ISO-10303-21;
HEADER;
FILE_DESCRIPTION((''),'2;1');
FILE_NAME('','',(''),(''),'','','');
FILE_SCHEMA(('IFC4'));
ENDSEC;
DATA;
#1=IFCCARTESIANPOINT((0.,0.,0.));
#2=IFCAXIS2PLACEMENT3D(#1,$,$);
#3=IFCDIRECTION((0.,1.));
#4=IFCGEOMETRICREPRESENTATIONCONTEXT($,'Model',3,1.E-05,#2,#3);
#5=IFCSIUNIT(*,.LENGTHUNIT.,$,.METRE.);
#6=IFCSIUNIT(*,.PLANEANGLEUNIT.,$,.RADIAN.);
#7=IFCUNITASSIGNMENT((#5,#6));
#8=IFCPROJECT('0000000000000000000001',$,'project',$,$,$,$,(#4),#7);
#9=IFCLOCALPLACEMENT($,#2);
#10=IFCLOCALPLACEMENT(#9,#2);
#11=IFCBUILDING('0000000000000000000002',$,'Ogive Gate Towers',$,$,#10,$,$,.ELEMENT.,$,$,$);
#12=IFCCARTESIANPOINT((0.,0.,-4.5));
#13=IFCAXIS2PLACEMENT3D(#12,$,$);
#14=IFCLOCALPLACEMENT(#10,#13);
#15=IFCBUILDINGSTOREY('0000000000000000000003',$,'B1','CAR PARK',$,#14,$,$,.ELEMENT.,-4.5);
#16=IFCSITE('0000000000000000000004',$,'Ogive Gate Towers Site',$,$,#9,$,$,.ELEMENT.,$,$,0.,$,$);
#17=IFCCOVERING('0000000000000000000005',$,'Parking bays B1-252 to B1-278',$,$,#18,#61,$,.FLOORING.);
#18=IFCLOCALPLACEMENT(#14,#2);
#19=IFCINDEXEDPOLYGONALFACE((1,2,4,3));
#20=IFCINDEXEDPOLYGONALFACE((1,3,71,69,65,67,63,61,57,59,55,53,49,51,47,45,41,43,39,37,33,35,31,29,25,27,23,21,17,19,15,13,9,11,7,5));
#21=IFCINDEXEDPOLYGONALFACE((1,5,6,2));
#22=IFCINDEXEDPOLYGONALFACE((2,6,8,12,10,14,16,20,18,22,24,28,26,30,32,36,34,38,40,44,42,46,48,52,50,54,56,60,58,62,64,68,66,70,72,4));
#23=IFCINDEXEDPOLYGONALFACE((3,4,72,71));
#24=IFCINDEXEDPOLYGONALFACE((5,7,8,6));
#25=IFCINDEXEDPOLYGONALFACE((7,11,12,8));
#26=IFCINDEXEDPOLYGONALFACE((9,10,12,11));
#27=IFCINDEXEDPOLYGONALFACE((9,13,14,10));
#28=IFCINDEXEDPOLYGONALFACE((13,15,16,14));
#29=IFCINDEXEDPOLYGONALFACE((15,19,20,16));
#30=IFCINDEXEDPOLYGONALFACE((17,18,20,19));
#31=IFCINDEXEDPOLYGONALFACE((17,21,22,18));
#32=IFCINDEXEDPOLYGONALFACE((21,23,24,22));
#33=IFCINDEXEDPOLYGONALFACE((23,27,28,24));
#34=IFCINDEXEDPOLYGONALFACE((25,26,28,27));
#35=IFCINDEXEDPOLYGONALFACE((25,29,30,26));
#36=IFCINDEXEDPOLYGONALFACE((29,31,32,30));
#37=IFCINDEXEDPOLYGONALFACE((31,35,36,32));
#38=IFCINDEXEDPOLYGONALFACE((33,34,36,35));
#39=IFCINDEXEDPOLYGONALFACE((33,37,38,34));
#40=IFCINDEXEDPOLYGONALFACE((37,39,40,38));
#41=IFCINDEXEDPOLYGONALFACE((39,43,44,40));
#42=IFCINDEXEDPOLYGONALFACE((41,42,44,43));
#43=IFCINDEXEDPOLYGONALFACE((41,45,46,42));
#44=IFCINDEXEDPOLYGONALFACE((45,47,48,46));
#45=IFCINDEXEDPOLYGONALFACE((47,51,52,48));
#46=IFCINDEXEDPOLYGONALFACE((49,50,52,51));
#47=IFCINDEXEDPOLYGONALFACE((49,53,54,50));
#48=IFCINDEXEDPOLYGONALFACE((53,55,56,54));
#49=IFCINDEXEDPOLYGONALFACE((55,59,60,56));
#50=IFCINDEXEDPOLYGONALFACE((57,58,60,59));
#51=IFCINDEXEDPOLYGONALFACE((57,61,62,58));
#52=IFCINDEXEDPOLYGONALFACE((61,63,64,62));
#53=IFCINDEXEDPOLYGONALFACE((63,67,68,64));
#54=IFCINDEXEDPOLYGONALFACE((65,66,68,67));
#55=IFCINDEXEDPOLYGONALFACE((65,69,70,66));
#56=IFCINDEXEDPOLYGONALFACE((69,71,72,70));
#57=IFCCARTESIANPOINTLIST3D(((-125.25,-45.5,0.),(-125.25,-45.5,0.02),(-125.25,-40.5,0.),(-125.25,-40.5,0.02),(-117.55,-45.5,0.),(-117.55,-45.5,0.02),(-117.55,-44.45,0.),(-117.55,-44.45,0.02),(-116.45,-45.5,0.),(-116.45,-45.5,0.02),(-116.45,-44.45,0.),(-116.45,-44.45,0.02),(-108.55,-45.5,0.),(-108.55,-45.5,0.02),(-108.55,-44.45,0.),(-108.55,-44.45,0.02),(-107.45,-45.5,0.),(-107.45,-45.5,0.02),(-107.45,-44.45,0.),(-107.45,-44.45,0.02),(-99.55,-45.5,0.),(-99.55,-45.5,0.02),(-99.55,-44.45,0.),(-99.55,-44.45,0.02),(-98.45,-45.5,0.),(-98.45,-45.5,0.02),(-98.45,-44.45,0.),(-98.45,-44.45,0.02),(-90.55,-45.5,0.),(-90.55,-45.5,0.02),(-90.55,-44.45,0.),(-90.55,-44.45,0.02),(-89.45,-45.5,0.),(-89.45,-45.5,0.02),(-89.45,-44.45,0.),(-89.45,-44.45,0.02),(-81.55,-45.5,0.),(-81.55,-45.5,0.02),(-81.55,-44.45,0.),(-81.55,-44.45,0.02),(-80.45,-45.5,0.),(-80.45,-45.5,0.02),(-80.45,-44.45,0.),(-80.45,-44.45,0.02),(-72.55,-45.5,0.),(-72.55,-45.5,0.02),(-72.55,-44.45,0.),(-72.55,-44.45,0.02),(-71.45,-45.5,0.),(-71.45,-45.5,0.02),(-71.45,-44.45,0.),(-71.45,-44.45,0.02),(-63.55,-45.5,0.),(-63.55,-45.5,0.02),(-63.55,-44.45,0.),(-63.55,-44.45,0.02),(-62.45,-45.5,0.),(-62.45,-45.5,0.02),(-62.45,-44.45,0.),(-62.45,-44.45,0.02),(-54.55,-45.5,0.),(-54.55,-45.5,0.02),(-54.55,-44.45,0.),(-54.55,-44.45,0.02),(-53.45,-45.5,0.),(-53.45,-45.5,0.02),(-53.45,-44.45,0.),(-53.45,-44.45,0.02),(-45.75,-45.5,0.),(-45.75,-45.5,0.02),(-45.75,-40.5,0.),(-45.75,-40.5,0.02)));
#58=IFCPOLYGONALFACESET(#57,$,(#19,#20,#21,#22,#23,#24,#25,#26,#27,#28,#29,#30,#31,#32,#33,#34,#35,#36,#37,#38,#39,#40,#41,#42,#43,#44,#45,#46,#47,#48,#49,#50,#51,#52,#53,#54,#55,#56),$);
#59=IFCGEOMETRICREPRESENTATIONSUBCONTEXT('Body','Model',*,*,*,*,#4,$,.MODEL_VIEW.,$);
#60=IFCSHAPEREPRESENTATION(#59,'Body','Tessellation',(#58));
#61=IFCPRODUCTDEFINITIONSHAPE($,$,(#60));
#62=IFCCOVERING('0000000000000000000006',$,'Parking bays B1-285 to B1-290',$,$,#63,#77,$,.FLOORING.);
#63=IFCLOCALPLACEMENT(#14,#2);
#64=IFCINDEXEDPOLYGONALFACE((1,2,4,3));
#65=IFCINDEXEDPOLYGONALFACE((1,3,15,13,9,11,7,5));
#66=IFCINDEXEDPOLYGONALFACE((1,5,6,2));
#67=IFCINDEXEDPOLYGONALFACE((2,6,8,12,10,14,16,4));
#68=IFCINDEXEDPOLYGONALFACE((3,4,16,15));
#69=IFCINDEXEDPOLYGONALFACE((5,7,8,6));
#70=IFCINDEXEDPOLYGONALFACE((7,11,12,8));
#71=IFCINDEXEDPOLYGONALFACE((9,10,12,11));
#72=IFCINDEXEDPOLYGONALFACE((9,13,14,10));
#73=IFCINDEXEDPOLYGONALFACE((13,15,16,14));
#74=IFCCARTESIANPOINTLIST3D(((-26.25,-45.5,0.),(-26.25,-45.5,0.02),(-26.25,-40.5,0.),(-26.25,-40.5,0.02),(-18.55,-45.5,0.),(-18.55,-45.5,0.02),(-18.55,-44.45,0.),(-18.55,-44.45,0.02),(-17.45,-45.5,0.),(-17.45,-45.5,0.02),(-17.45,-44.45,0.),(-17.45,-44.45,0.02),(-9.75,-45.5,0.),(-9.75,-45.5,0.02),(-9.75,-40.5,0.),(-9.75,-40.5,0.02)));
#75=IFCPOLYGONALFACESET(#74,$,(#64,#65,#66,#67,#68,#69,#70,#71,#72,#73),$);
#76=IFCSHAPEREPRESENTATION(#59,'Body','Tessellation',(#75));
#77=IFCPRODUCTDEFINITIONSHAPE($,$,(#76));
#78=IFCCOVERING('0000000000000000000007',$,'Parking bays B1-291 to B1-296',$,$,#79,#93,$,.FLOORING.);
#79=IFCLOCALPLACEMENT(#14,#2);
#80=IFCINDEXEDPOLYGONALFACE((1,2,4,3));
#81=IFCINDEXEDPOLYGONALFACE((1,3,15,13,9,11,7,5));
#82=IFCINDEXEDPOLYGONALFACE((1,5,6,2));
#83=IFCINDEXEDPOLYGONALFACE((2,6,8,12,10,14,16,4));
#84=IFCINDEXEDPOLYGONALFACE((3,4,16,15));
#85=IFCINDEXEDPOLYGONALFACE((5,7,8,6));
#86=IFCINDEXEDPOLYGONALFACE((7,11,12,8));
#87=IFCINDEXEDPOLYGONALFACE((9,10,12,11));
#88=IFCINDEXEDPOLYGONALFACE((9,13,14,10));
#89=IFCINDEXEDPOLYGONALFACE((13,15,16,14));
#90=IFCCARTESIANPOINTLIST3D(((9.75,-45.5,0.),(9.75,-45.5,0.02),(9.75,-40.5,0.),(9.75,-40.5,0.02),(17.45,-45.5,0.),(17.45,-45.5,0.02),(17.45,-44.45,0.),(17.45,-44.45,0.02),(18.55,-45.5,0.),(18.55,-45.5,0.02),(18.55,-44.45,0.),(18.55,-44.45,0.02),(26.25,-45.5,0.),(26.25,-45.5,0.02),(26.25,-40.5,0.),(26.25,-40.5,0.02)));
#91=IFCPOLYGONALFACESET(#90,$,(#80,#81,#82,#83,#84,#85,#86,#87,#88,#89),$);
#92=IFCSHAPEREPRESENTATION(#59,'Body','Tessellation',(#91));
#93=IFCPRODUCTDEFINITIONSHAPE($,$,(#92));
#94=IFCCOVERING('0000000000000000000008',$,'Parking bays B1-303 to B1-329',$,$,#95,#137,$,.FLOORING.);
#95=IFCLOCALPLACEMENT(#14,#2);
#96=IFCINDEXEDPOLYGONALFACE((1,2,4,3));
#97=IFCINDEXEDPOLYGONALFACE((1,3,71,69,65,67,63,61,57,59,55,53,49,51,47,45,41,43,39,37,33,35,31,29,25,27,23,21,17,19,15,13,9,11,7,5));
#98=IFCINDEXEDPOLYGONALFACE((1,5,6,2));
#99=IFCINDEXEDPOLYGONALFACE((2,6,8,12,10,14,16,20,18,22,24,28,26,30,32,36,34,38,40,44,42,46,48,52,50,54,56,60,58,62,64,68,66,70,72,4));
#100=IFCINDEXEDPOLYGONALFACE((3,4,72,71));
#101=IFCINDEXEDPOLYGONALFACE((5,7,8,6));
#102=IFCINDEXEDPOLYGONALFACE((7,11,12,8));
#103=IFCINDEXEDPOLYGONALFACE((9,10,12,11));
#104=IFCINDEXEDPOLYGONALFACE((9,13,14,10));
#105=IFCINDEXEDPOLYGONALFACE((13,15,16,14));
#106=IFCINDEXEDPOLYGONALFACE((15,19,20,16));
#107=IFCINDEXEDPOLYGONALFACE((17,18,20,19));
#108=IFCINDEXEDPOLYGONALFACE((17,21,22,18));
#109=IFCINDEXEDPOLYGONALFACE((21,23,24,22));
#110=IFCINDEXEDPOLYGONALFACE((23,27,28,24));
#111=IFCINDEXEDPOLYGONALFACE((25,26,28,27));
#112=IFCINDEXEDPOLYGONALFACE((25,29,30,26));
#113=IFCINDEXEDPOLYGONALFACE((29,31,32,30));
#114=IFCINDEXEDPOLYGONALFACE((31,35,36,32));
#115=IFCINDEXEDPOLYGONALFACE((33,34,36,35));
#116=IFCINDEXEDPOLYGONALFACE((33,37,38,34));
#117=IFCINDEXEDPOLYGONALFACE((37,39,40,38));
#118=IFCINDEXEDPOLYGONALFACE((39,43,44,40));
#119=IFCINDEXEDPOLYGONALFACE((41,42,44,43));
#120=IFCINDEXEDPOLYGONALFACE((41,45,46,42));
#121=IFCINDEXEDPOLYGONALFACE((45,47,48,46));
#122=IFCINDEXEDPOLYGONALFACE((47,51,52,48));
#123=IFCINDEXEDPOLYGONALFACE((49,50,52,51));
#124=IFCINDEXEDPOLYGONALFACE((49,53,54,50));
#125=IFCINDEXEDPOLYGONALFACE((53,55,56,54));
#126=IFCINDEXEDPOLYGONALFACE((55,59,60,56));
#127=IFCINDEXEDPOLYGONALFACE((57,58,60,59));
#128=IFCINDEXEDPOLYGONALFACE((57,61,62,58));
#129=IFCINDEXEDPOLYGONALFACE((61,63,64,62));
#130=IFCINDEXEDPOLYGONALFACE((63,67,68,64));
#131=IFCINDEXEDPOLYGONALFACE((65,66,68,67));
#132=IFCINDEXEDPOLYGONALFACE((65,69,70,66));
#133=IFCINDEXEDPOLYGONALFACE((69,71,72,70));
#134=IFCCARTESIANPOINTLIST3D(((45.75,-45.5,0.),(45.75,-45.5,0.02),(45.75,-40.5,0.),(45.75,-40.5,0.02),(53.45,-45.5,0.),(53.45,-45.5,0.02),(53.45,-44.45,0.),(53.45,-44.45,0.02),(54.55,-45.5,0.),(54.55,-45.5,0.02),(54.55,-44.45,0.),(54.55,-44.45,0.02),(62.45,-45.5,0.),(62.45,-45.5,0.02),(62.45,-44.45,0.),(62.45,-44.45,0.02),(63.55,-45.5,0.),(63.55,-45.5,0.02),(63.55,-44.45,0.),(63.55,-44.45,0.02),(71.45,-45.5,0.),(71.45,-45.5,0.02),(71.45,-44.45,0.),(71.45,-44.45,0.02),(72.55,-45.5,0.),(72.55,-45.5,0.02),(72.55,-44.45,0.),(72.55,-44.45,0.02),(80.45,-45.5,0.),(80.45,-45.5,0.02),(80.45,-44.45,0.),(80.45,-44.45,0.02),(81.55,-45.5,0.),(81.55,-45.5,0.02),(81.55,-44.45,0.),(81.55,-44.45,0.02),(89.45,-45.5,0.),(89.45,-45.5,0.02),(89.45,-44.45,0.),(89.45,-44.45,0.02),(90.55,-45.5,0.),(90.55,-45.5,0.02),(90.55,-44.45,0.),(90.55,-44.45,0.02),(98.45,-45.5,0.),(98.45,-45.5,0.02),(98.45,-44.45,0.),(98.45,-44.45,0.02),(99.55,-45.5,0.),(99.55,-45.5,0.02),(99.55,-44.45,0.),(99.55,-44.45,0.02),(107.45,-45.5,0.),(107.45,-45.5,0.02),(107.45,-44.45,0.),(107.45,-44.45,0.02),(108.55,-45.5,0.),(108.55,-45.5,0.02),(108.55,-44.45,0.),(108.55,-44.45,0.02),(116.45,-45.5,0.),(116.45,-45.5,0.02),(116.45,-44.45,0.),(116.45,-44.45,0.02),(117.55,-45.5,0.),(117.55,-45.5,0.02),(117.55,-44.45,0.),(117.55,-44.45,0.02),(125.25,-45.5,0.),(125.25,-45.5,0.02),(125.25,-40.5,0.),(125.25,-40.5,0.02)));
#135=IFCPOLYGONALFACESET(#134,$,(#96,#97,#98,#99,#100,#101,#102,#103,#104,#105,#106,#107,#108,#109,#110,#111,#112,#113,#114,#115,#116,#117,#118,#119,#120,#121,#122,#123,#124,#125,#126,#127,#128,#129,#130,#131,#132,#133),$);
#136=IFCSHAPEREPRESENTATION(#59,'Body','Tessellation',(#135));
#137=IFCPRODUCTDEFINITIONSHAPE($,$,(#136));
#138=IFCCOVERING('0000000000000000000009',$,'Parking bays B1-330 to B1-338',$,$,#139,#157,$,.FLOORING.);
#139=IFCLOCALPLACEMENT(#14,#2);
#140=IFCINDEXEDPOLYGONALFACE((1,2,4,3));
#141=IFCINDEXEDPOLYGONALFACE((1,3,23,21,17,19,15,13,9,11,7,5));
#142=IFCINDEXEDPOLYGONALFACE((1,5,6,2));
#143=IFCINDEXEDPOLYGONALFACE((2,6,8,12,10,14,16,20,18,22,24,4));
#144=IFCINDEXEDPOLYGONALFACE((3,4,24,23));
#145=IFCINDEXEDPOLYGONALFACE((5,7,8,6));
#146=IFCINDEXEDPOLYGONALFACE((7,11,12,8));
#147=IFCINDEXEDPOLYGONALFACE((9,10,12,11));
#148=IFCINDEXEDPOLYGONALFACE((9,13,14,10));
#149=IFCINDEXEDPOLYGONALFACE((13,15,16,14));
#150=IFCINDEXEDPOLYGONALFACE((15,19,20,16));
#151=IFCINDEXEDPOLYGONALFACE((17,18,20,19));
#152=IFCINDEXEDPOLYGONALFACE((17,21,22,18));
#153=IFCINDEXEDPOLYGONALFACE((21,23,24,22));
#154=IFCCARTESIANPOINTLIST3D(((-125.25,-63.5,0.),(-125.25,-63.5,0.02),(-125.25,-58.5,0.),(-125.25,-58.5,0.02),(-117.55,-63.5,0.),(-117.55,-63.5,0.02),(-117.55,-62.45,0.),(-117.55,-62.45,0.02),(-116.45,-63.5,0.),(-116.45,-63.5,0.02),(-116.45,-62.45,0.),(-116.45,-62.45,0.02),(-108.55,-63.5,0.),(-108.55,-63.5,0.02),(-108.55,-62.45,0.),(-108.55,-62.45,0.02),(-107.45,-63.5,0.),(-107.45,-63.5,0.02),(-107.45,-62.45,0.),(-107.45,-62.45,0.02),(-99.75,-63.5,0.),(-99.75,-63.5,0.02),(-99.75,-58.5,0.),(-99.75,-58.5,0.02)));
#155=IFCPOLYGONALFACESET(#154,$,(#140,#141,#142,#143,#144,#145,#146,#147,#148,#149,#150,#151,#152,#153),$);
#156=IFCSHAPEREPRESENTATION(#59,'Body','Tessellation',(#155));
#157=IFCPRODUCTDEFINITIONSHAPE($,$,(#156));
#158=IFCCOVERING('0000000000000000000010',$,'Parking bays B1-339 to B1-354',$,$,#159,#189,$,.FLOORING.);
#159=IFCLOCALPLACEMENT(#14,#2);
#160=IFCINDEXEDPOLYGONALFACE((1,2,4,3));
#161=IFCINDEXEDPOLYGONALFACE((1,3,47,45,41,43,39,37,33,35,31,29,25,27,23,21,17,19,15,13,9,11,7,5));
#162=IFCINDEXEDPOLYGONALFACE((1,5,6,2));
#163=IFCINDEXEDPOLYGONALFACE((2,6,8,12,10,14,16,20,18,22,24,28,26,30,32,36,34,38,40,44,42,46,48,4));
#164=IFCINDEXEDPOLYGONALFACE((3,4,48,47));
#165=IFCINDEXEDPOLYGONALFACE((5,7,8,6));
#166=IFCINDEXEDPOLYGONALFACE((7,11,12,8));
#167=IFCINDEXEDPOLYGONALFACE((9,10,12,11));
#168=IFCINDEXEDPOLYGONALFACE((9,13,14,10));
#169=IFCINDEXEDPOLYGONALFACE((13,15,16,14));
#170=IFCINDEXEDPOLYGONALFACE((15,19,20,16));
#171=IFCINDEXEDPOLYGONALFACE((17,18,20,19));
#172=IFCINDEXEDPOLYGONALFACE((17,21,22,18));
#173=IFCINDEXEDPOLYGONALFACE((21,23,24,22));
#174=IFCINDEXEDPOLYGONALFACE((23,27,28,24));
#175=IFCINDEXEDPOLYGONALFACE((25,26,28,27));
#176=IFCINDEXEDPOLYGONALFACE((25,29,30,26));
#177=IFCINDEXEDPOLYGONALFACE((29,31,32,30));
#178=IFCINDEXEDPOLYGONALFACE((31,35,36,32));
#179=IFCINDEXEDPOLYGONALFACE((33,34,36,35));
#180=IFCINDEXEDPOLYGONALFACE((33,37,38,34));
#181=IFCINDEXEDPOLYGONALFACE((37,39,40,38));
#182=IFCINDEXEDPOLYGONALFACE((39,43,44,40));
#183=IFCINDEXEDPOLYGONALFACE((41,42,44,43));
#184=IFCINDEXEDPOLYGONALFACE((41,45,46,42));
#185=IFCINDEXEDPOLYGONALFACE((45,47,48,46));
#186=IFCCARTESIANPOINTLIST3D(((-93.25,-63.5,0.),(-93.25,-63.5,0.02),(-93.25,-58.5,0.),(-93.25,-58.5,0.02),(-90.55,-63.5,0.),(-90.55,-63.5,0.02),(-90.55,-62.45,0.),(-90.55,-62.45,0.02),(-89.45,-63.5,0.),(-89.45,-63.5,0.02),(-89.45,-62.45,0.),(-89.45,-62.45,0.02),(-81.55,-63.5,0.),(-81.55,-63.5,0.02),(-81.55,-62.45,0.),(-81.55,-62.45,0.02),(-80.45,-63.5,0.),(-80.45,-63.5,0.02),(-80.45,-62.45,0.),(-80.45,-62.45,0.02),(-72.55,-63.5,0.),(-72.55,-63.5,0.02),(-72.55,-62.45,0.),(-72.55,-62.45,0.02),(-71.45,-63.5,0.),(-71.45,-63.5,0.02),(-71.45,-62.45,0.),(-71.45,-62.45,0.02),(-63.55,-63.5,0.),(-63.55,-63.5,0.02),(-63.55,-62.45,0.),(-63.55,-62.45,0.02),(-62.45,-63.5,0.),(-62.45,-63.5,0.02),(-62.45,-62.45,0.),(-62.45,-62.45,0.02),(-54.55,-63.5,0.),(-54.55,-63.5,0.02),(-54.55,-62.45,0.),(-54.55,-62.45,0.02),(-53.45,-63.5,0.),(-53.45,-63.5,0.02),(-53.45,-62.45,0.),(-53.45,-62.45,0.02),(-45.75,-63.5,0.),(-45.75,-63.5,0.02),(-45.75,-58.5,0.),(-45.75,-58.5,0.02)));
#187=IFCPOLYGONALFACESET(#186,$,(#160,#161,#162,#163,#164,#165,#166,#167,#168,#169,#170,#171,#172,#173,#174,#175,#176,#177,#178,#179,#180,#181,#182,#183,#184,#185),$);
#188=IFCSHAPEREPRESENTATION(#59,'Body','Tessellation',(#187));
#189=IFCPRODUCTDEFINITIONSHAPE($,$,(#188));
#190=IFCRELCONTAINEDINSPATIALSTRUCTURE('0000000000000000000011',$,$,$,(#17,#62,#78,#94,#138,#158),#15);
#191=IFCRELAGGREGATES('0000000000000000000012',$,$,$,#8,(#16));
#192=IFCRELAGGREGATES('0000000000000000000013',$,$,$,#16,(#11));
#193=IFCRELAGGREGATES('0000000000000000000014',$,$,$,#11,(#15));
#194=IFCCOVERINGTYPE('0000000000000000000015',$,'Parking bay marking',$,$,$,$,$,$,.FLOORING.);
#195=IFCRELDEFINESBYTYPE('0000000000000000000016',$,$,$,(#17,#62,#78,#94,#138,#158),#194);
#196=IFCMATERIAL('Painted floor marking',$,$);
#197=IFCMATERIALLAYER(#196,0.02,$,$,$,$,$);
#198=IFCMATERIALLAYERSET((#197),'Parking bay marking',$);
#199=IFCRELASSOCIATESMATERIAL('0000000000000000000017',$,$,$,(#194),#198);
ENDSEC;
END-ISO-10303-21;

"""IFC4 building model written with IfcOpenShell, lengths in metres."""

from ifc_helpers import new_model, si_unit, direction, frame, origin, place, context, subcontext, project, spatial, polyline, outline, extrude, material, layer, layer_set, type_object, element, save


model = new_model("IFC4")

# Units and contexts
model_context = context("Model", 3, precision=1e-05, world=origin(), true_north=direction((0.0, 1.0)))
body_context = subcontext(model_context, "Body", "Model", "MODEL_VIEW")
ifc_project = project(units=[si_unit("LENGTHUNIT", "METRE"), si_unit("PLANEANGLEUNIT", "RADIAN")], contexts=[model_context])

# Site, building, storey
site_placement = place(None, origin())
site = spatial("IfcSite", under=ifc_project, at=site_placement, Name="Ogive Gate Towers Site", CompositionType="ELEMENT", RefElevation=0.0)
building_placement = place(site_placement, origin())
building = spatial("IfcBuilding", under=site, at=building_placement, Name="Ogive Gate Towers", CompositionType="ELEMENT")
storey_placement = place(building_placement, frame((0.0, 0.0, -4.5)))
storey = spatial("IfcBuildingStorey", under=building, at=storey_placement, Name="B1", Description="CAR PARK", CompositionType="ELEMENT", Elevation=-4.5)

# Coverings
ifc_material = material(Name="Painted floor marking")
ifc_layer_1 = layer(ifc_material, 0.02)
ifc_layer_set_1 = layer_set([ifc_layer_1], Name="Parking bay marking")
covering_type_1 = type_object("IfcCoveringType", Name="Parking bay marking", PredefinedType="FLOORING", material=ifc_layer_set_1)
covering_1_placement = place(storey_placement, origin())
element("IfcCovering", 1, at=covering_1_placement, inside=storey, type_object=covering_type_1, Name="Parking bays B1-252 to B1-278", PredefinedType="FLOORING", context=body_context, shape_type="SweptSolid", body=[
    extrude(outline(polyline([(-45.75, -40.5), (-45.75, -45.5), (-53.45, -45.5), (-53.45, -44.45), (-54.55, -44.45), (-54.55, -45.5), (-62.45, -45.5), (-62.45, -44.45), (-63.55, -44.45), (-63.55, -45.5), (-71.45, -45.5), (-71.45, -44.45), (-72.55, -44.45), (-72.55, -45.5), (-80.45, -45.5), (-80.45, -44.45), (-81.55, -44.45), (-81.55, -45.5), (-89.45, -45.5), (-89.45, -44.45), (-90.55, -44.45), (-90.55, -45.5), (-98.45, -45.5), (-98.45, -44.45), (-99.55, -44.45), (-99.55, -45.5), (-107.45, -45.5), (-107.45, -44.45), (-108.55, -44.45), (-108.55, -45.5), (-116.45, -45.5), (-116.45, -44.45), (-117.55, -44.45), (-117.55, -45.5), (-125.25, -45.5), (-125.25, -40.5), (-45.75, -40.5)])), origin(), (0.0, 0.0, 1.0), 0.02),
])
covering_2_placement = place(storey_placement, origin())
element("IfcCovering", 2, at=covering_2_placement, inside=storey, type_object=covering_type_1, Name="Parking bays B1-285 to B1-290", PredefinedType="FLOORING", context=body_context, shape_type="SweptSolid", body=[
    extrude(outline(polyline([(-9.75, -40.5), (-9.75, -45.5), (-17.45, -45.5), (-17.45, -44.45), (-18.55, -44.45), (-18.55, -45.5), (-26.25, -45.5), (-26.25, -40.5), (-9.75, -40.5)])), origin(), (0.0, 0.0, 1.0), 0.02),
])
covering_3_placement = place(storey_placement, origin())
element("IfcCovering", 3, at=covering_3_placement, inside=storey, type_object=covering_type_1, Name="Parking bays B1-291 to B1-296", PredefinedType="FLOORING", context=body_context, shape_type="SweptSolid", body=[
    extrude(outline(polyline([(9.75, -40.5), (26.25, -40.5), (26.25, -45.5), (18.55, -45.5), (18.55, -44.45), (17.45, -44.45), (17.45, -45.5), (9.75, -45.5), (9.75, -40.5)])), origin(), (0.0, 0.0, 1.0), 0.02),
])
covering_4_placement = place(storey_placement, origin())
element("IfcCovering", 4, at=covering_4_placement, inside=storey, type_object=covering_type_1, Name="Parking bays B1-303 to B1-329", PredefinedType="FLOORING", context=body_context, shape_type="SweptSolid", body=[
    extrude(outline(polyline([(45.75, -40.5), (125.25, -40.5), (125.25, -45.5), (117.55, -45.5), (117.55, -44.45), (116.45, -44.45), (116.45, -45.5), (108.55, -45.5), (108.55, -44.45), (107.45, -44.45), (107.45, -45.5), (99.55, -45.5), (99.55, -44.45), (98.45, -44.45), (98.45, -45.5), (90.55, -45.5), (90.55, -44.45), (89.45, -44.45), (89.45, -45.5), (81.55, -45.5), (81.55, -44.45), (80.45, -44.45), (80.45, -45.5), (72.55, -45.5), (72.55, -44.45), (71.45, -44.45), (71.45, -45.5), (63.55, -45.5), (63.55, -44.45), (62.45, -44.45), (62.45, -45.5), (54.55, -45.5), (54.55, -44.45), (53.45, -44.45), (53.45, -45.5), (45.75, -45.5), (45.75, -40.5)])), origin(), (0.0, 0.0, 1.0), 0.02),
])
covering_5_placement = place(storey_placement, origin())
element("IfcCovering", 5, at=covering_5_placement, inside=storey, type_object=covering_type_1, Name="Parking bays B1-330 to B1-338", PredefinedType="FLOORING", context=body_context, shape_type="SweptSolid", body=[
    extrude(outline(polyline([(-99.75, -58.5), (-99.75, -63.5), (-107.45, -63.5), (-107.45, -62.45), (-108.55, -62.45), (-108.55, -63.5), (-116.45, -63.5), (-116.45, -62.45), (-117.55, -62.45), (-117.55, -63.5), (-125.25, -63.5), (-125.25, -58.5), (-99.75, -58.5)])), origin(), (0.0, 0.0, 1.0), 0.02),
])
covering_6_placement = place(storey_placement, origin())
element("IfcCovering", 6, at=covering_6_placement, inside=storey, type_object=covering_type_1, Name="Parking bays B1-339 to B1-354", PredefinedType="FLOORING", context=body_context, shape_type="SweptSolid", body=[
    extrude(outline(polyline([(-45.75, -58.5), (-45.75, -63.5), (-53.45, -63.5), (-53.45, -62.45), (-54.55, -62.45), (-54.55, -63.5), (-62.45, -63.5), (-62.45, -62.45), (-63.55, -62.45), (-63.55, -63.5), (-71.45, -63.5), (-71.45, -62.45), (-72.55, -62.45), (-72.55, -63.5), (-80.45, -63.5), (-80.45, -62.45), (-81.55, -62.45), (-81.55, -63.5), (-89.45, -63.5), (-89.45, -62.45), (-90.55, -62.45), (-90.55, -63.5), (-93.25, -63.5), (-93.25, -58.5), (-45.75, -58.5)])), origin(), (0.0, 0.0, 1.0), 0.02),
])

save(model, "model.ifc")
